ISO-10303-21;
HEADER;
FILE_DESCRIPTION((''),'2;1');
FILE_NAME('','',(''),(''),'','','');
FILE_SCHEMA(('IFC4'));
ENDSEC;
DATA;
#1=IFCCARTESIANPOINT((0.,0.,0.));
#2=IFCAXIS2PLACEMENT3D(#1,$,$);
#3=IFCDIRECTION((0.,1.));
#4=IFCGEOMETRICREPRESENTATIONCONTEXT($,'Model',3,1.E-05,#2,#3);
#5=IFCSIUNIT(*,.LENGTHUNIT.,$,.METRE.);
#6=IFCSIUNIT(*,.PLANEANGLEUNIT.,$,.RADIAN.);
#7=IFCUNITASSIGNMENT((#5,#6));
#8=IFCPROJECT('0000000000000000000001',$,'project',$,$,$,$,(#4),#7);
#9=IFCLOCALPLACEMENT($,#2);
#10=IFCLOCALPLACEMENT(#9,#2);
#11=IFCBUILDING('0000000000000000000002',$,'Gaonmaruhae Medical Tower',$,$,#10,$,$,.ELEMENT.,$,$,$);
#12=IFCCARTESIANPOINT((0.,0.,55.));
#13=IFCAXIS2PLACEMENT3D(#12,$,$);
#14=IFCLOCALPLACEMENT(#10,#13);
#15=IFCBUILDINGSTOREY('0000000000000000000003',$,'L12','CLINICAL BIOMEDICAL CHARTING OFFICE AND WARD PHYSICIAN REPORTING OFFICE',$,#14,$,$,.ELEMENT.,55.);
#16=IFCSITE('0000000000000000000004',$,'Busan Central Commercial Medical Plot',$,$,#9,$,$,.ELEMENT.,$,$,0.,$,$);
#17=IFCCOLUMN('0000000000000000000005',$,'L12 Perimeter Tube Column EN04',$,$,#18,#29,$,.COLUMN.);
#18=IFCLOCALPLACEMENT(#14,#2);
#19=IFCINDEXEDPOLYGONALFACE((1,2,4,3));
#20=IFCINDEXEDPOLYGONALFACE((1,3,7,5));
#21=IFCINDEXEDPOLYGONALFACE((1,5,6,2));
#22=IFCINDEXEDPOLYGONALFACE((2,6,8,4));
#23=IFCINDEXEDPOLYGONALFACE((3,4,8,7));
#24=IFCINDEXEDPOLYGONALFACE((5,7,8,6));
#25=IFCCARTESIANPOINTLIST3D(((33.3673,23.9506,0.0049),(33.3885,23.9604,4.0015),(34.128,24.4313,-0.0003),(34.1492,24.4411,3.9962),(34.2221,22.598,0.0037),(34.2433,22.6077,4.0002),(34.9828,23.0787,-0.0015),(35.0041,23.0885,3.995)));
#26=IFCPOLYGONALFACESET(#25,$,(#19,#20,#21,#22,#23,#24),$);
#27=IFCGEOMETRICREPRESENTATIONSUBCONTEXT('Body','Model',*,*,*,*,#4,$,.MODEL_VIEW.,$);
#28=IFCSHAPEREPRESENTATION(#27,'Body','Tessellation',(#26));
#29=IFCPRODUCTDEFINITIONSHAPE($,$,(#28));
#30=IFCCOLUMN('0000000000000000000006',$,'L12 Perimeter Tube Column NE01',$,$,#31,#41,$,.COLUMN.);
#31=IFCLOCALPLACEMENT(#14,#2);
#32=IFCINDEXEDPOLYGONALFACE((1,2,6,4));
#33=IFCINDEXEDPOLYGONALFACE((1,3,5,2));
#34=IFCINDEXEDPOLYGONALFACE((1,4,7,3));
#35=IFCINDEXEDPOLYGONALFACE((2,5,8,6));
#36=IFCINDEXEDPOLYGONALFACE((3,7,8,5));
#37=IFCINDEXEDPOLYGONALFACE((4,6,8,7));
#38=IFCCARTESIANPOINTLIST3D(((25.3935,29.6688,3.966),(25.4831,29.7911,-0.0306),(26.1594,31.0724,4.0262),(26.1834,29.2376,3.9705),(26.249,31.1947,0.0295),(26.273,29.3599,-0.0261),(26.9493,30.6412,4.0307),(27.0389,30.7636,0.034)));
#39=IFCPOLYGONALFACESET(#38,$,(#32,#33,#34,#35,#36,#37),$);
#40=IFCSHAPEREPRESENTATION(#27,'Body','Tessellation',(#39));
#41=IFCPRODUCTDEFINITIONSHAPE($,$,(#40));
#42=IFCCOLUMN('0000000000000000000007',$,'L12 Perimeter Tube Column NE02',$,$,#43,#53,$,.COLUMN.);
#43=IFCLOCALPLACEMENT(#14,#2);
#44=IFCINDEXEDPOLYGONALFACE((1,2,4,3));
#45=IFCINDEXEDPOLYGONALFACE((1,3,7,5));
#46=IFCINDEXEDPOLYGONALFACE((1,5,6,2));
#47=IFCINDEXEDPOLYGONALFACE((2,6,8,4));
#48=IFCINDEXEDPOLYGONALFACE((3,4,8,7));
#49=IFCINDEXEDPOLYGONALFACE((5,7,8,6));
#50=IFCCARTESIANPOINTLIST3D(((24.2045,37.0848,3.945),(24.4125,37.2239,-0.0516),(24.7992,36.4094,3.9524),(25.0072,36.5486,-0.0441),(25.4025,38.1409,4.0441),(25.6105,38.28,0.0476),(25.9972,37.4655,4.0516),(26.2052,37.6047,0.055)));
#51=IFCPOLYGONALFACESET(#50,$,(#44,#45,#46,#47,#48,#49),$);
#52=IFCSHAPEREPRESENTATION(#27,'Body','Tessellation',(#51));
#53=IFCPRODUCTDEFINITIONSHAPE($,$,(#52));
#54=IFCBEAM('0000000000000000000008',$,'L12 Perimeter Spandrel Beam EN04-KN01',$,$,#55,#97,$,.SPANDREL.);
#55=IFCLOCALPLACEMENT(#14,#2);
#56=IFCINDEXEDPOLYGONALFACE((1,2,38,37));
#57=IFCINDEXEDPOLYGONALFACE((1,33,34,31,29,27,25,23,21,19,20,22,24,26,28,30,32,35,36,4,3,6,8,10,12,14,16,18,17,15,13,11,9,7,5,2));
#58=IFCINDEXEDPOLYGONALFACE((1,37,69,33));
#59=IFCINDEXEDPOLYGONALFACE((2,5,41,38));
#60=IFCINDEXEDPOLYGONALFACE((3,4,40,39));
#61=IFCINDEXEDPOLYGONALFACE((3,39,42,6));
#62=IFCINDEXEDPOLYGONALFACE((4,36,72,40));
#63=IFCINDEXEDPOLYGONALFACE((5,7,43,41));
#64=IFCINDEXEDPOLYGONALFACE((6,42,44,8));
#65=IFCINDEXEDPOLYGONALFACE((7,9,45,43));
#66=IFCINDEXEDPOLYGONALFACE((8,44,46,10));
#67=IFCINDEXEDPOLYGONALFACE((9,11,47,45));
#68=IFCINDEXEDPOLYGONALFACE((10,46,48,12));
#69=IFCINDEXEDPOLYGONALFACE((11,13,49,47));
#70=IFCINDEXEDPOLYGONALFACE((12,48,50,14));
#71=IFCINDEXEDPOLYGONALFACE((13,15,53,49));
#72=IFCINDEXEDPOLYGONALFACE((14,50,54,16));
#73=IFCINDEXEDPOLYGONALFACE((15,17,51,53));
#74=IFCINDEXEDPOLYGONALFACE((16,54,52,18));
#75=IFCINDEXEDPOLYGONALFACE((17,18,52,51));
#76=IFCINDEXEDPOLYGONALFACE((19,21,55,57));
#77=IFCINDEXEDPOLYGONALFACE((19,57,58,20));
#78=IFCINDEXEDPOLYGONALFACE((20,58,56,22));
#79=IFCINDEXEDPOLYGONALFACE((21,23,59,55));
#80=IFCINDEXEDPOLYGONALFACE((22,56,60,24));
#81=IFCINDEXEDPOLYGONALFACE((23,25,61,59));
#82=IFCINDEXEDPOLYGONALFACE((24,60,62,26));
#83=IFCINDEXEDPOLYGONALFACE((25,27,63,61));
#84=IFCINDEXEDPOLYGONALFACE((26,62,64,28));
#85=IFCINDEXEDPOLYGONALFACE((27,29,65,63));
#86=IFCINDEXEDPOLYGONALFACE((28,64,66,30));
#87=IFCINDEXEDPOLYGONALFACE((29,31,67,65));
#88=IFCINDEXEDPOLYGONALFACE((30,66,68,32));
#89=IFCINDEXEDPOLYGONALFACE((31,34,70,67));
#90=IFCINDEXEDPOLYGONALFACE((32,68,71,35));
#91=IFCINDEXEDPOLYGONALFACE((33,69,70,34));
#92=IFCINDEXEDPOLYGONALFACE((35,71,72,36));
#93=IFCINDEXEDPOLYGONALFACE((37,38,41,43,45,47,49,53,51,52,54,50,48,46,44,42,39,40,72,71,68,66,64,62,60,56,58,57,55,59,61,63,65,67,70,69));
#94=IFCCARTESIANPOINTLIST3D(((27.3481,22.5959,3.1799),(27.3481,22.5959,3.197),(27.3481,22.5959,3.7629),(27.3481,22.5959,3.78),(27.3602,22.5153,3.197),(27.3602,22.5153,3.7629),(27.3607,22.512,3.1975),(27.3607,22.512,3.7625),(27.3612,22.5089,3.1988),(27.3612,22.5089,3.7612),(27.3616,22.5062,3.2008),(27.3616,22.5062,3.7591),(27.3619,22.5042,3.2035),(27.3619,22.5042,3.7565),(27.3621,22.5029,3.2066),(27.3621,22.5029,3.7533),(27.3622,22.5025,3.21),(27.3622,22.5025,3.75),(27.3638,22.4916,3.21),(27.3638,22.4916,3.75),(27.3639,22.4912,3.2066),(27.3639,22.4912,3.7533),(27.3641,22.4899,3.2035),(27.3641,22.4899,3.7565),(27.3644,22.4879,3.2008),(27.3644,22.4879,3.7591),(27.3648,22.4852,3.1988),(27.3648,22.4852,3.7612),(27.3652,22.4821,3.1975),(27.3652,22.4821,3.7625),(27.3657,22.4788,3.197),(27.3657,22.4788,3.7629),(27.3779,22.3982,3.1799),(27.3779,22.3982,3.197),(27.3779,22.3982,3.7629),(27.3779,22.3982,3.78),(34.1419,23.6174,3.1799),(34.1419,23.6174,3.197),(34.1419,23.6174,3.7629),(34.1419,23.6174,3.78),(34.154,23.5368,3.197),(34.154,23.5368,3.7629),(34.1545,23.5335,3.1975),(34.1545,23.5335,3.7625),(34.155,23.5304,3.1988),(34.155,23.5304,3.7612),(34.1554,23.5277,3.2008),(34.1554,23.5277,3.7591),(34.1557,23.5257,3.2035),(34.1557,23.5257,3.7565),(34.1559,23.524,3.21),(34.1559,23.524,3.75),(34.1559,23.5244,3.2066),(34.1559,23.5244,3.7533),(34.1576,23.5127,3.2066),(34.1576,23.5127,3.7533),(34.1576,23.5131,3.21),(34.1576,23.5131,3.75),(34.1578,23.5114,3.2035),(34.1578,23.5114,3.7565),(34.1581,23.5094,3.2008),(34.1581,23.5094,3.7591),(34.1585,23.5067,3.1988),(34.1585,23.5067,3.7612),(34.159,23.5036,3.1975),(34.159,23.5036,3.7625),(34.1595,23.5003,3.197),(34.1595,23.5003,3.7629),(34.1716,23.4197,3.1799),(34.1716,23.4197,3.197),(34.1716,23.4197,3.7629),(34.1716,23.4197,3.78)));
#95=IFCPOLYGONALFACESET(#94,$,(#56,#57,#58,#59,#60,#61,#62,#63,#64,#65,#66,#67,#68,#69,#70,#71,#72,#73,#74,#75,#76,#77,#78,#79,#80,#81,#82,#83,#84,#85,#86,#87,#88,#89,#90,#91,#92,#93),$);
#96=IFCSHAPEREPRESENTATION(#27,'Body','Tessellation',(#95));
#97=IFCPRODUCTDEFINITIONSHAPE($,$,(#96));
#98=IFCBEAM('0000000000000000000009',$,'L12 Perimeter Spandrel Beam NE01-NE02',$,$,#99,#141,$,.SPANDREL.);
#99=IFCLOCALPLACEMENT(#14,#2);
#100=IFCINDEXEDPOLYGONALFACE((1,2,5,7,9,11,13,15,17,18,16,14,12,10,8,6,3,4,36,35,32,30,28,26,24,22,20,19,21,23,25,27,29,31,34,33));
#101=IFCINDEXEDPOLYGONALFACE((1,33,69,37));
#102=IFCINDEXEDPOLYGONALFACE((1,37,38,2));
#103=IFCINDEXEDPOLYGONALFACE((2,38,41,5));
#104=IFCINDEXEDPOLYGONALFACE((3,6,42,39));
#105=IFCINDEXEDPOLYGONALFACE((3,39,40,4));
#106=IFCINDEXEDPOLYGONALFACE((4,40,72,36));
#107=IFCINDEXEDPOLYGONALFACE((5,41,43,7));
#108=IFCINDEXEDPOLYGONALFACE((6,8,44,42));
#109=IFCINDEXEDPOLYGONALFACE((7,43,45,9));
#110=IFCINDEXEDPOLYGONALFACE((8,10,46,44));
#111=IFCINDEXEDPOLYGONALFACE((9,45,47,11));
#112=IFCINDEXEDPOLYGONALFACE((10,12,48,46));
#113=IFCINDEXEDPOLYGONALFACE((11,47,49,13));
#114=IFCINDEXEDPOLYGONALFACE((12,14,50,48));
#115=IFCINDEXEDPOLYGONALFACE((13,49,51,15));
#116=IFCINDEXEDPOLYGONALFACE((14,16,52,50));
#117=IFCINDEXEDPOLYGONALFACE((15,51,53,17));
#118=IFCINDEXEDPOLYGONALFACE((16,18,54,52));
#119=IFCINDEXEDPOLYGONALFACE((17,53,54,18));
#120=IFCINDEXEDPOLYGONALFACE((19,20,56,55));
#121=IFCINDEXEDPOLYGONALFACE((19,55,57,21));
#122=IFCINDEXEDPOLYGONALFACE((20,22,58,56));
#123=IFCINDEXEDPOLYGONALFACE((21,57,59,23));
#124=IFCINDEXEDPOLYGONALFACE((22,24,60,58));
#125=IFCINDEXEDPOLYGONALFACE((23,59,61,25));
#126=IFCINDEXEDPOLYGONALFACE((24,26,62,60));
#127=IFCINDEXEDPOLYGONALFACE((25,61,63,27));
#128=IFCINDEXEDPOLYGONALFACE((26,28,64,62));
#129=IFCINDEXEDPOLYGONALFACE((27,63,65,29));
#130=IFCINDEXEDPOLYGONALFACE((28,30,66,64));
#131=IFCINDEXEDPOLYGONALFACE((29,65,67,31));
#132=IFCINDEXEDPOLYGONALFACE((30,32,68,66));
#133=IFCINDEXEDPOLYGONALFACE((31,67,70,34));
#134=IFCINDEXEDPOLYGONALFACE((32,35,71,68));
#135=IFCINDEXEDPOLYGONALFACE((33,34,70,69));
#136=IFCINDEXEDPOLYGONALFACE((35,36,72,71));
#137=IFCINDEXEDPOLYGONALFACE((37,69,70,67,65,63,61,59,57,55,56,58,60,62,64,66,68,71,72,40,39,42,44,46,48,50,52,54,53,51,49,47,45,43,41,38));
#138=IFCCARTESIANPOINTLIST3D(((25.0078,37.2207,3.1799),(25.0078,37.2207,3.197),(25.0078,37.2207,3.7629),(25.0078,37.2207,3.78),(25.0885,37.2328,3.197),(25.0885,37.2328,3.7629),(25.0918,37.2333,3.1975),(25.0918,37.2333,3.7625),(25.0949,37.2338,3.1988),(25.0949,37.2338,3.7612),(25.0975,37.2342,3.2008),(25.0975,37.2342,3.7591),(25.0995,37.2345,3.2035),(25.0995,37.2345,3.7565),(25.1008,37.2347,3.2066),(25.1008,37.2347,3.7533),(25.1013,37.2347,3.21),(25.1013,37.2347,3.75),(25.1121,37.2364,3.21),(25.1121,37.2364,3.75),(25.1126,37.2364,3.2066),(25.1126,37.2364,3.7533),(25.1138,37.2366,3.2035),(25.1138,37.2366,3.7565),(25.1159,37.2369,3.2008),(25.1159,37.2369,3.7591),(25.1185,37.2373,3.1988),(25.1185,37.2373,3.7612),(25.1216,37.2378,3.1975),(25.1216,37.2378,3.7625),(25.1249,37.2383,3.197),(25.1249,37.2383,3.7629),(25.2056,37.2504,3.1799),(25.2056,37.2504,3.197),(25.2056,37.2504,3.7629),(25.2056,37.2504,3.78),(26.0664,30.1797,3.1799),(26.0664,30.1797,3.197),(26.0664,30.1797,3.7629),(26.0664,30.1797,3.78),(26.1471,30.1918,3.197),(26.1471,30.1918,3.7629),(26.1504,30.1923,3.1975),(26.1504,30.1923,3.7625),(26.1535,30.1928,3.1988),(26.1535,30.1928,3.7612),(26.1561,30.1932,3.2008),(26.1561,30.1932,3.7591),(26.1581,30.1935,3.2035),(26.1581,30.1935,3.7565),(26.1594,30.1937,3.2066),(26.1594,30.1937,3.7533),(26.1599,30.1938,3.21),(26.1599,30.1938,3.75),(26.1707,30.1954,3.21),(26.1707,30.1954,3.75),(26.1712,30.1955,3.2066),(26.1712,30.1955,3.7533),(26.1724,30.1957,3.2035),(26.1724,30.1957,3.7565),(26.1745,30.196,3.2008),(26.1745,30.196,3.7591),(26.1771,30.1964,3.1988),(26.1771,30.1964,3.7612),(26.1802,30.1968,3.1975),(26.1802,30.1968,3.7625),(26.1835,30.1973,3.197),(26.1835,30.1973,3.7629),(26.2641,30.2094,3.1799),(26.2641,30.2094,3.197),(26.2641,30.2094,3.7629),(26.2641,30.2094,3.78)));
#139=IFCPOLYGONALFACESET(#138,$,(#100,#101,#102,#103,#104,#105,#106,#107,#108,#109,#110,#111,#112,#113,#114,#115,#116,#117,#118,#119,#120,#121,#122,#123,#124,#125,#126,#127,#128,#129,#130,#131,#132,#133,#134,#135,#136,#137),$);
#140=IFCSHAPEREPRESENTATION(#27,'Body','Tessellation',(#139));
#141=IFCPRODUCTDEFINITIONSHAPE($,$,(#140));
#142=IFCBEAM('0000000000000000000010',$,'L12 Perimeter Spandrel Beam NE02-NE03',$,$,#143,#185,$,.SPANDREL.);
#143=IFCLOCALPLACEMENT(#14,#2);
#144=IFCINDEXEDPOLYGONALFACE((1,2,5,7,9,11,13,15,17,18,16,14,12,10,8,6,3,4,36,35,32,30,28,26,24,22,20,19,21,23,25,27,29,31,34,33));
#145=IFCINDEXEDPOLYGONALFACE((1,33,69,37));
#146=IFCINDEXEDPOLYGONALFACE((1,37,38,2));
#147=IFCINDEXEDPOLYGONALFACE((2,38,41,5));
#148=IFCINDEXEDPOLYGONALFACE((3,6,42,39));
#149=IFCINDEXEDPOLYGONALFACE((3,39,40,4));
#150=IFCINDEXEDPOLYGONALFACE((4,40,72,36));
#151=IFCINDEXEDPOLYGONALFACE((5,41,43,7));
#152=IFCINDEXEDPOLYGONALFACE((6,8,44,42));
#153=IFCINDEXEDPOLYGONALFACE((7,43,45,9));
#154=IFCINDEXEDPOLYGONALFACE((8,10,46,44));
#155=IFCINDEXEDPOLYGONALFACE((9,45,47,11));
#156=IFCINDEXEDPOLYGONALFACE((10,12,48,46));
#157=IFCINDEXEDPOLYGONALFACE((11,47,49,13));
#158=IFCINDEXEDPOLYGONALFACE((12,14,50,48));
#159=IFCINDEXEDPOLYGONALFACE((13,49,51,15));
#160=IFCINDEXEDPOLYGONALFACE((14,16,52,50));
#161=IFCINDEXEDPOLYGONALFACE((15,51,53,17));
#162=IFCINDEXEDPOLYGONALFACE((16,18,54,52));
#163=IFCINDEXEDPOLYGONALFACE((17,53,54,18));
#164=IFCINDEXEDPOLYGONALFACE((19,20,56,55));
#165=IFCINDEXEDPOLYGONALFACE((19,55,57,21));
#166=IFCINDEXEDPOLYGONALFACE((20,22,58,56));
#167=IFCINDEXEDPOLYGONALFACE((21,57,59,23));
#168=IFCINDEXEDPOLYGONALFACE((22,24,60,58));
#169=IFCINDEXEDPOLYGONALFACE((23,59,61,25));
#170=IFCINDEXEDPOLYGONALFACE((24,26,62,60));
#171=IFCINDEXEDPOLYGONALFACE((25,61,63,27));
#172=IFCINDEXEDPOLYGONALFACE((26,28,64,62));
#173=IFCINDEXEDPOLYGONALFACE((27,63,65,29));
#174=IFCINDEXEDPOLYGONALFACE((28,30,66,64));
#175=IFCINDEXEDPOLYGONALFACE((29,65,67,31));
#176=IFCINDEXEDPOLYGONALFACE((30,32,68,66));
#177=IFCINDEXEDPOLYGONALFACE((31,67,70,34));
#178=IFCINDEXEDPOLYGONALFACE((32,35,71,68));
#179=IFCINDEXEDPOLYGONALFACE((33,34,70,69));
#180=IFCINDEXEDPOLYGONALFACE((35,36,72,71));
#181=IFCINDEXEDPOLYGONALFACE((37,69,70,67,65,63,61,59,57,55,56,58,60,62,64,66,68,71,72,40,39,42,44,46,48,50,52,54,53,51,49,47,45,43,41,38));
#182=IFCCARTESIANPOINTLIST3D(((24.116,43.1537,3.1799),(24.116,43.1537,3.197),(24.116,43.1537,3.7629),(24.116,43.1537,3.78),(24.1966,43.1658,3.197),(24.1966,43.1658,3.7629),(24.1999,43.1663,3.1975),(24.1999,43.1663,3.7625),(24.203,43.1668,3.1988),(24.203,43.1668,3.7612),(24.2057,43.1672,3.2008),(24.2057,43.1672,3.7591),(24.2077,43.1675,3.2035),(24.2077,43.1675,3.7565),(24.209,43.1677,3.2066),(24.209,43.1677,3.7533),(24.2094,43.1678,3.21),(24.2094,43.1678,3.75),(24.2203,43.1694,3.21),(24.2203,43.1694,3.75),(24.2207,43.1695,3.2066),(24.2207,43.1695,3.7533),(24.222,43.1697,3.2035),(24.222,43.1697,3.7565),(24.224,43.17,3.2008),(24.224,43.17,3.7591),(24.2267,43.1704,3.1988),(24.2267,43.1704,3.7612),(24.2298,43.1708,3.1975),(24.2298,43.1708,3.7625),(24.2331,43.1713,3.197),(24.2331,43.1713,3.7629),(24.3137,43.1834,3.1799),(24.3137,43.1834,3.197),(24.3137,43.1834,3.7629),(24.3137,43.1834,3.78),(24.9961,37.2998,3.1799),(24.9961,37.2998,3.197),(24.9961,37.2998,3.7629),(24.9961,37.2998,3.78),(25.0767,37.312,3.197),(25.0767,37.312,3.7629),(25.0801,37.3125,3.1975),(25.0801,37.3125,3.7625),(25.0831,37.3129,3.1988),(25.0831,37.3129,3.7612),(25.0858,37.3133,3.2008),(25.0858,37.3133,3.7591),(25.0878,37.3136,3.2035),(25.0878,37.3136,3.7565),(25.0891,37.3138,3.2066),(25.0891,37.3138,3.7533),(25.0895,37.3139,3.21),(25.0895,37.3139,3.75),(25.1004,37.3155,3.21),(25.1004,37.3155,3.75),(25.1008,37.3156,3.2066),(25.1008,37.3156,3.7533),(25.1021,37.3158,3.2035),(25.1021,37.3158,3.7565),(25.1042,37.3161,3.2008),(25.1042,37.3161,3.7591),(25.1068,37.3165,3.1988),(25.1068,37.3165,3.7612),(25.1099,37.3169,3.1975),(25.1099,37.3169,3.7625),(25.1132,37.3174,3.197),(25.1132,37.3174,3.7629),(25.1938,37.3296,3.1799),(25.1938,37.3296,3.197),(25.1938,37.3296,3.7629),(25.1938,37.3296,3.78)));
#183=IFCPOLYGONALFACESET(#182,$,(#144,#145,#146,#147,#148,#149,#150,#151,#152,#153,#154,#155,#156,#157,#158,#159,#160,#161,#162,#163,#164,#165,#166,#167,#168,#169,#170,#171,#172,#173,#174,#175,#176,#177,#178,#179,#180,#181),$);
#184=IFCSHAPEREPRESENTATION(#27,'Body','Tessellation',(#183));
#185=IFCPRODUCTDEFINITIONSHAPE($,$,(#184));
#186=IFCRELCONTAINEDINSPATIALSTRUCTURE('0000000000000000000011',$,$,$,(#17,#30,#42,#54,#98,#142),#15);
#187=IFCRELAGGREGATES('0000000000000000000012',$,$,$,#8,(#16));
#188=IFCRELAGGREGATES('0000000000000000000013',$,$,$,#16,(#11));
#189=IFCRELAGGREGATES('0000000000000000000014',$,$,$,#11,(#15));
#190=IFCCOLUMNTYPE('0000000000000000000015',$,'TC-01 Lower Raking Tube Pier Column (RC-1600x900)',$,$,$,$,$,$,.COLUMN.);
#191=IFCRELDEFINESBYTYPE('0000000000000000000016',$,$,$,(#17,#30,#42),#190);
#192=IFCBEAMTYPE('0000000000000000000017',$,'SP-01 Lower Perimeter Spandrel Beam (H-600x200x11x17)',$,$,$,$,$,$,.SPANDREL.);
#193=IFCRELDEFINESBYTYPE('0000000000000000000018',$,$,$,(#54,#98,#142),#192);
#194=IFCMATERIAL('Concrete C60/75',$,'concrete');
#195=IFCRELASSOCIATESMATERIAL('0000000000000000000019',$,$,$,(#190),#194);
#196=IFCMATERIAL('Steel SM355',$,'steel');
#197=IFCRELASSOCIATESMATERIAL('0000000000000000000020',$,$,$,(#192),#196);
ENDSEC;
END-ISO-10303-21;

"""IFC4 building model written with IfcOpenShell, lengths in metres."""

from ifc_helpers import new_model, si_unit, direction, frame, origin, origin_2d, place, context, subcontext, project, spatial, rectangle, i_section, extrude, material, material_profile, profile_set, type_object, element, save


model = new_model("IFC4")

# Units and contexts
model_context = context("Model", 3, precision=1e-05, world=origin(), true_north=direction((0.0, 1.0)))
body_context = subcontext(model_context, "Body", "Model", "MODEL_VIEW")
ifc_project = project(units=[si_unit("LENGTHUNIT", "METRE"), si_unit("PLANEANGLEUNIT", "RADIAN")], contexts=[model_context])

# Site, building, storey
site_placement = place(None, origin())
site = spatial("IfcSite", under=ifc_project, at=site_placement, Name="Busan Central Commercial Medical Plot", CompositionType="ELEMENT", RefElevation=0.0)
building_placement = place(site_placement, origin())
building = spatial("IfcBuilding", under=site, at=building_placement, Name="Gaonmaruhae Medical Tower", CompositionType="ELEMENT")
storey_placement = place(building_placement, frame((0.0, 0.0, 55.0)))
storey = spatial("IfcBuildingStorey", under=building, at=storey_placement, Name="L12", Description="CLINICAL BIOMEDICAL CHARTING OFFICE AND WARD PHYSICIAN REPORTING OFFICE", CompositionType="ELEMENT", Elevation=55.0)

# Columns
ifc_material_1 = material(Name="Concrete C60/75", Category="concrete")
ifc_material_profile_1 = material_profile(ifc_material_1, rectangle(XDim=1.6001, YDim=0.8999, at=origin_2d()), Name="RC-1600x900")
ifc_profile_set_1 = profile_set([ifc_material_profile_1], Name="Concrete C60/75")
column_type = type_object("IfcColumnType", Name="TC-01 Lower Raking Tube Pier Column (RC-1600x900)", PredefinedType="COLUMN", material=ifc_profile_set_1)
column_1_placement = place(storey_placement, frame((34.175, 23.5146, 0.0017), z_axis=(0.005315, 0.002443, 0.999983), x_axis=(-0.534226, 0.845341, 0.000774)))
element("IfcColumn", 1, at=column_1_placement, inside=storey, type_object=column_type, Name="L12 Perimeter Tube Column EN04", PredefinedType="COLUMN", context=body_context, shape_type="SweptSolid", body=[
    extrude(rectangle(XDim=1.6001, YDim=0.8999, at=origin_2d()), origin(), (0.0, 0.0, 1.0), 3.9966),
])
column_2_placement = place(storey_placement, frame((26.261, 30.2773, 0.0017), z_axis=(-0.022403, -0.030583, 0.999281), x_axis=(0.47864, 0.877207, 0.037577)))
element("IfcColumn", 2, at=column_2_placement, inside=storey, type_object=column_type, Name="L12 Perimeter Tube Column NE01", PredefinedType="COLUMN", context=body_context, shape_type="SweptSolid", body=[
    extrude(rectangle(XDim=1.6001, YDim=0.8999, at=origin_2d()), origin(), (0.0, 0.0, 1.0), 3.9995),
])
column_3_placement = place(storey_placement, frame((25.3088, 37.4143, 0.0017), z_axis=(-0.051945, -0.034752, 0.998045), x_axis=(0.748696, 0.660013, 0.061948)))
element("IfcColumn", 3, at=column_3_placement, inside=storey, type_object=column_type, Name="L12 Perimeter Tube Column NE02", PredefinedType="COLUMN", context=body_context, shape_type="SweptSolid", body=[
    extrude(rectangle(XDim=1.6001, YDim=0.8999, at=origin_2d()), origin(), (0.0, 0.0, 1.0), 4.0044),
])

# Beams
ifc_material_2 = material(Name="Steel SM355", Category="steel")
ifc_material_profile_2 = material_profile(ifc_material_2, i_section(OverallWidth=0.2, OverallDepth=0.6001, WebThickness=0.011, FlangeThickness=0.0171, FilletRadius=0.0129, at=origin_2d()), Name="H-600x200x11x17")
ifc_profile_set_2 = profile_set([ifc_material_profile_2], Name="Steel SM355")
beam_type = type_object("IfcBeamType", Name="SP-01 Lower Perimeter Spandrel Beam (H-600x200x11x17)", PredefinedType="SPANDREL", material=ifc_profile_set_2)
beam_1_placement = place(storey_placement, frame((34.1567, 23.5186, 3.48), z_axis=(-0.988884, -0.148686, 0.0), x_axis=(0.148686, -0.988884, 0.0)))
element("IfcBeam", 4, at=beam_1_placement, inside=storey, type_object=beam_type, Name="L12 Perimeter Spandrel Beam EN04-KN01", PredefinedType="SPANDREL", context=body_context, shape_type="SweptSolid", body=[
    extrude(i_section(OverallWidth=0.2, OverallDepth=0.6001, WebThickness=0.011, FlangeThickness=0.0171, FilletRadius=0.0129, at=origin_2d()), origin(), (0.0, 0.0, 1.0), 6.8701),
])
beam_2_placement = place(storey_placement, frame((26.1653, 30.1946, 3.48), z_axis=(-0.148676, 0.988886, 0.0), x_axis=(-0.988886, -0.148676, 0.0)))
element("IfcBeam", 5, at=beam_2_placement, inside=storey, type_object=beam_type, Name="L12 Perimeter Spandrel Beam NE01-NE02", PredefinedType="SPANDREL", context=body_context, shape_type="SweptSolid", body=[
    extrude(i_section(OverallWidth=0.2, OverallDepth=0.6001, WebThickness=0.011, FlangeThickness=0.0171, FilletRadius=0.0129, at=origin_2d()), origin(), (0.0, 0.0, 1.0), 7.1201),
])
beam_3_placement = place(storey_placement, frame((25.095, 37.3147, 3.48), z_axis=(-0.148675, 0.988886, 0.0), x_axis=(-0.988886, -0.148675, 0.0)))
element("IfcBeam", 6, at=beam_3_placement, inside=storey, type_object=beam_type, Name="L12 Perimeter Spandrel Beam NE02-NE03", PredefinedType="SPANDREL", context=body_context, shape_type="SweptSolid", body=[
    extrude(i_section(OverallWidth=0.2, OverallDepth=0.6001, WebThickness=0.011, FlangeThickness=0.0171, FilletRadius=0.0129, at=origin_2d()), origin(), (0.0, 0.0, 1.0), 5.9197),
])

save(model, "model.ifc")
